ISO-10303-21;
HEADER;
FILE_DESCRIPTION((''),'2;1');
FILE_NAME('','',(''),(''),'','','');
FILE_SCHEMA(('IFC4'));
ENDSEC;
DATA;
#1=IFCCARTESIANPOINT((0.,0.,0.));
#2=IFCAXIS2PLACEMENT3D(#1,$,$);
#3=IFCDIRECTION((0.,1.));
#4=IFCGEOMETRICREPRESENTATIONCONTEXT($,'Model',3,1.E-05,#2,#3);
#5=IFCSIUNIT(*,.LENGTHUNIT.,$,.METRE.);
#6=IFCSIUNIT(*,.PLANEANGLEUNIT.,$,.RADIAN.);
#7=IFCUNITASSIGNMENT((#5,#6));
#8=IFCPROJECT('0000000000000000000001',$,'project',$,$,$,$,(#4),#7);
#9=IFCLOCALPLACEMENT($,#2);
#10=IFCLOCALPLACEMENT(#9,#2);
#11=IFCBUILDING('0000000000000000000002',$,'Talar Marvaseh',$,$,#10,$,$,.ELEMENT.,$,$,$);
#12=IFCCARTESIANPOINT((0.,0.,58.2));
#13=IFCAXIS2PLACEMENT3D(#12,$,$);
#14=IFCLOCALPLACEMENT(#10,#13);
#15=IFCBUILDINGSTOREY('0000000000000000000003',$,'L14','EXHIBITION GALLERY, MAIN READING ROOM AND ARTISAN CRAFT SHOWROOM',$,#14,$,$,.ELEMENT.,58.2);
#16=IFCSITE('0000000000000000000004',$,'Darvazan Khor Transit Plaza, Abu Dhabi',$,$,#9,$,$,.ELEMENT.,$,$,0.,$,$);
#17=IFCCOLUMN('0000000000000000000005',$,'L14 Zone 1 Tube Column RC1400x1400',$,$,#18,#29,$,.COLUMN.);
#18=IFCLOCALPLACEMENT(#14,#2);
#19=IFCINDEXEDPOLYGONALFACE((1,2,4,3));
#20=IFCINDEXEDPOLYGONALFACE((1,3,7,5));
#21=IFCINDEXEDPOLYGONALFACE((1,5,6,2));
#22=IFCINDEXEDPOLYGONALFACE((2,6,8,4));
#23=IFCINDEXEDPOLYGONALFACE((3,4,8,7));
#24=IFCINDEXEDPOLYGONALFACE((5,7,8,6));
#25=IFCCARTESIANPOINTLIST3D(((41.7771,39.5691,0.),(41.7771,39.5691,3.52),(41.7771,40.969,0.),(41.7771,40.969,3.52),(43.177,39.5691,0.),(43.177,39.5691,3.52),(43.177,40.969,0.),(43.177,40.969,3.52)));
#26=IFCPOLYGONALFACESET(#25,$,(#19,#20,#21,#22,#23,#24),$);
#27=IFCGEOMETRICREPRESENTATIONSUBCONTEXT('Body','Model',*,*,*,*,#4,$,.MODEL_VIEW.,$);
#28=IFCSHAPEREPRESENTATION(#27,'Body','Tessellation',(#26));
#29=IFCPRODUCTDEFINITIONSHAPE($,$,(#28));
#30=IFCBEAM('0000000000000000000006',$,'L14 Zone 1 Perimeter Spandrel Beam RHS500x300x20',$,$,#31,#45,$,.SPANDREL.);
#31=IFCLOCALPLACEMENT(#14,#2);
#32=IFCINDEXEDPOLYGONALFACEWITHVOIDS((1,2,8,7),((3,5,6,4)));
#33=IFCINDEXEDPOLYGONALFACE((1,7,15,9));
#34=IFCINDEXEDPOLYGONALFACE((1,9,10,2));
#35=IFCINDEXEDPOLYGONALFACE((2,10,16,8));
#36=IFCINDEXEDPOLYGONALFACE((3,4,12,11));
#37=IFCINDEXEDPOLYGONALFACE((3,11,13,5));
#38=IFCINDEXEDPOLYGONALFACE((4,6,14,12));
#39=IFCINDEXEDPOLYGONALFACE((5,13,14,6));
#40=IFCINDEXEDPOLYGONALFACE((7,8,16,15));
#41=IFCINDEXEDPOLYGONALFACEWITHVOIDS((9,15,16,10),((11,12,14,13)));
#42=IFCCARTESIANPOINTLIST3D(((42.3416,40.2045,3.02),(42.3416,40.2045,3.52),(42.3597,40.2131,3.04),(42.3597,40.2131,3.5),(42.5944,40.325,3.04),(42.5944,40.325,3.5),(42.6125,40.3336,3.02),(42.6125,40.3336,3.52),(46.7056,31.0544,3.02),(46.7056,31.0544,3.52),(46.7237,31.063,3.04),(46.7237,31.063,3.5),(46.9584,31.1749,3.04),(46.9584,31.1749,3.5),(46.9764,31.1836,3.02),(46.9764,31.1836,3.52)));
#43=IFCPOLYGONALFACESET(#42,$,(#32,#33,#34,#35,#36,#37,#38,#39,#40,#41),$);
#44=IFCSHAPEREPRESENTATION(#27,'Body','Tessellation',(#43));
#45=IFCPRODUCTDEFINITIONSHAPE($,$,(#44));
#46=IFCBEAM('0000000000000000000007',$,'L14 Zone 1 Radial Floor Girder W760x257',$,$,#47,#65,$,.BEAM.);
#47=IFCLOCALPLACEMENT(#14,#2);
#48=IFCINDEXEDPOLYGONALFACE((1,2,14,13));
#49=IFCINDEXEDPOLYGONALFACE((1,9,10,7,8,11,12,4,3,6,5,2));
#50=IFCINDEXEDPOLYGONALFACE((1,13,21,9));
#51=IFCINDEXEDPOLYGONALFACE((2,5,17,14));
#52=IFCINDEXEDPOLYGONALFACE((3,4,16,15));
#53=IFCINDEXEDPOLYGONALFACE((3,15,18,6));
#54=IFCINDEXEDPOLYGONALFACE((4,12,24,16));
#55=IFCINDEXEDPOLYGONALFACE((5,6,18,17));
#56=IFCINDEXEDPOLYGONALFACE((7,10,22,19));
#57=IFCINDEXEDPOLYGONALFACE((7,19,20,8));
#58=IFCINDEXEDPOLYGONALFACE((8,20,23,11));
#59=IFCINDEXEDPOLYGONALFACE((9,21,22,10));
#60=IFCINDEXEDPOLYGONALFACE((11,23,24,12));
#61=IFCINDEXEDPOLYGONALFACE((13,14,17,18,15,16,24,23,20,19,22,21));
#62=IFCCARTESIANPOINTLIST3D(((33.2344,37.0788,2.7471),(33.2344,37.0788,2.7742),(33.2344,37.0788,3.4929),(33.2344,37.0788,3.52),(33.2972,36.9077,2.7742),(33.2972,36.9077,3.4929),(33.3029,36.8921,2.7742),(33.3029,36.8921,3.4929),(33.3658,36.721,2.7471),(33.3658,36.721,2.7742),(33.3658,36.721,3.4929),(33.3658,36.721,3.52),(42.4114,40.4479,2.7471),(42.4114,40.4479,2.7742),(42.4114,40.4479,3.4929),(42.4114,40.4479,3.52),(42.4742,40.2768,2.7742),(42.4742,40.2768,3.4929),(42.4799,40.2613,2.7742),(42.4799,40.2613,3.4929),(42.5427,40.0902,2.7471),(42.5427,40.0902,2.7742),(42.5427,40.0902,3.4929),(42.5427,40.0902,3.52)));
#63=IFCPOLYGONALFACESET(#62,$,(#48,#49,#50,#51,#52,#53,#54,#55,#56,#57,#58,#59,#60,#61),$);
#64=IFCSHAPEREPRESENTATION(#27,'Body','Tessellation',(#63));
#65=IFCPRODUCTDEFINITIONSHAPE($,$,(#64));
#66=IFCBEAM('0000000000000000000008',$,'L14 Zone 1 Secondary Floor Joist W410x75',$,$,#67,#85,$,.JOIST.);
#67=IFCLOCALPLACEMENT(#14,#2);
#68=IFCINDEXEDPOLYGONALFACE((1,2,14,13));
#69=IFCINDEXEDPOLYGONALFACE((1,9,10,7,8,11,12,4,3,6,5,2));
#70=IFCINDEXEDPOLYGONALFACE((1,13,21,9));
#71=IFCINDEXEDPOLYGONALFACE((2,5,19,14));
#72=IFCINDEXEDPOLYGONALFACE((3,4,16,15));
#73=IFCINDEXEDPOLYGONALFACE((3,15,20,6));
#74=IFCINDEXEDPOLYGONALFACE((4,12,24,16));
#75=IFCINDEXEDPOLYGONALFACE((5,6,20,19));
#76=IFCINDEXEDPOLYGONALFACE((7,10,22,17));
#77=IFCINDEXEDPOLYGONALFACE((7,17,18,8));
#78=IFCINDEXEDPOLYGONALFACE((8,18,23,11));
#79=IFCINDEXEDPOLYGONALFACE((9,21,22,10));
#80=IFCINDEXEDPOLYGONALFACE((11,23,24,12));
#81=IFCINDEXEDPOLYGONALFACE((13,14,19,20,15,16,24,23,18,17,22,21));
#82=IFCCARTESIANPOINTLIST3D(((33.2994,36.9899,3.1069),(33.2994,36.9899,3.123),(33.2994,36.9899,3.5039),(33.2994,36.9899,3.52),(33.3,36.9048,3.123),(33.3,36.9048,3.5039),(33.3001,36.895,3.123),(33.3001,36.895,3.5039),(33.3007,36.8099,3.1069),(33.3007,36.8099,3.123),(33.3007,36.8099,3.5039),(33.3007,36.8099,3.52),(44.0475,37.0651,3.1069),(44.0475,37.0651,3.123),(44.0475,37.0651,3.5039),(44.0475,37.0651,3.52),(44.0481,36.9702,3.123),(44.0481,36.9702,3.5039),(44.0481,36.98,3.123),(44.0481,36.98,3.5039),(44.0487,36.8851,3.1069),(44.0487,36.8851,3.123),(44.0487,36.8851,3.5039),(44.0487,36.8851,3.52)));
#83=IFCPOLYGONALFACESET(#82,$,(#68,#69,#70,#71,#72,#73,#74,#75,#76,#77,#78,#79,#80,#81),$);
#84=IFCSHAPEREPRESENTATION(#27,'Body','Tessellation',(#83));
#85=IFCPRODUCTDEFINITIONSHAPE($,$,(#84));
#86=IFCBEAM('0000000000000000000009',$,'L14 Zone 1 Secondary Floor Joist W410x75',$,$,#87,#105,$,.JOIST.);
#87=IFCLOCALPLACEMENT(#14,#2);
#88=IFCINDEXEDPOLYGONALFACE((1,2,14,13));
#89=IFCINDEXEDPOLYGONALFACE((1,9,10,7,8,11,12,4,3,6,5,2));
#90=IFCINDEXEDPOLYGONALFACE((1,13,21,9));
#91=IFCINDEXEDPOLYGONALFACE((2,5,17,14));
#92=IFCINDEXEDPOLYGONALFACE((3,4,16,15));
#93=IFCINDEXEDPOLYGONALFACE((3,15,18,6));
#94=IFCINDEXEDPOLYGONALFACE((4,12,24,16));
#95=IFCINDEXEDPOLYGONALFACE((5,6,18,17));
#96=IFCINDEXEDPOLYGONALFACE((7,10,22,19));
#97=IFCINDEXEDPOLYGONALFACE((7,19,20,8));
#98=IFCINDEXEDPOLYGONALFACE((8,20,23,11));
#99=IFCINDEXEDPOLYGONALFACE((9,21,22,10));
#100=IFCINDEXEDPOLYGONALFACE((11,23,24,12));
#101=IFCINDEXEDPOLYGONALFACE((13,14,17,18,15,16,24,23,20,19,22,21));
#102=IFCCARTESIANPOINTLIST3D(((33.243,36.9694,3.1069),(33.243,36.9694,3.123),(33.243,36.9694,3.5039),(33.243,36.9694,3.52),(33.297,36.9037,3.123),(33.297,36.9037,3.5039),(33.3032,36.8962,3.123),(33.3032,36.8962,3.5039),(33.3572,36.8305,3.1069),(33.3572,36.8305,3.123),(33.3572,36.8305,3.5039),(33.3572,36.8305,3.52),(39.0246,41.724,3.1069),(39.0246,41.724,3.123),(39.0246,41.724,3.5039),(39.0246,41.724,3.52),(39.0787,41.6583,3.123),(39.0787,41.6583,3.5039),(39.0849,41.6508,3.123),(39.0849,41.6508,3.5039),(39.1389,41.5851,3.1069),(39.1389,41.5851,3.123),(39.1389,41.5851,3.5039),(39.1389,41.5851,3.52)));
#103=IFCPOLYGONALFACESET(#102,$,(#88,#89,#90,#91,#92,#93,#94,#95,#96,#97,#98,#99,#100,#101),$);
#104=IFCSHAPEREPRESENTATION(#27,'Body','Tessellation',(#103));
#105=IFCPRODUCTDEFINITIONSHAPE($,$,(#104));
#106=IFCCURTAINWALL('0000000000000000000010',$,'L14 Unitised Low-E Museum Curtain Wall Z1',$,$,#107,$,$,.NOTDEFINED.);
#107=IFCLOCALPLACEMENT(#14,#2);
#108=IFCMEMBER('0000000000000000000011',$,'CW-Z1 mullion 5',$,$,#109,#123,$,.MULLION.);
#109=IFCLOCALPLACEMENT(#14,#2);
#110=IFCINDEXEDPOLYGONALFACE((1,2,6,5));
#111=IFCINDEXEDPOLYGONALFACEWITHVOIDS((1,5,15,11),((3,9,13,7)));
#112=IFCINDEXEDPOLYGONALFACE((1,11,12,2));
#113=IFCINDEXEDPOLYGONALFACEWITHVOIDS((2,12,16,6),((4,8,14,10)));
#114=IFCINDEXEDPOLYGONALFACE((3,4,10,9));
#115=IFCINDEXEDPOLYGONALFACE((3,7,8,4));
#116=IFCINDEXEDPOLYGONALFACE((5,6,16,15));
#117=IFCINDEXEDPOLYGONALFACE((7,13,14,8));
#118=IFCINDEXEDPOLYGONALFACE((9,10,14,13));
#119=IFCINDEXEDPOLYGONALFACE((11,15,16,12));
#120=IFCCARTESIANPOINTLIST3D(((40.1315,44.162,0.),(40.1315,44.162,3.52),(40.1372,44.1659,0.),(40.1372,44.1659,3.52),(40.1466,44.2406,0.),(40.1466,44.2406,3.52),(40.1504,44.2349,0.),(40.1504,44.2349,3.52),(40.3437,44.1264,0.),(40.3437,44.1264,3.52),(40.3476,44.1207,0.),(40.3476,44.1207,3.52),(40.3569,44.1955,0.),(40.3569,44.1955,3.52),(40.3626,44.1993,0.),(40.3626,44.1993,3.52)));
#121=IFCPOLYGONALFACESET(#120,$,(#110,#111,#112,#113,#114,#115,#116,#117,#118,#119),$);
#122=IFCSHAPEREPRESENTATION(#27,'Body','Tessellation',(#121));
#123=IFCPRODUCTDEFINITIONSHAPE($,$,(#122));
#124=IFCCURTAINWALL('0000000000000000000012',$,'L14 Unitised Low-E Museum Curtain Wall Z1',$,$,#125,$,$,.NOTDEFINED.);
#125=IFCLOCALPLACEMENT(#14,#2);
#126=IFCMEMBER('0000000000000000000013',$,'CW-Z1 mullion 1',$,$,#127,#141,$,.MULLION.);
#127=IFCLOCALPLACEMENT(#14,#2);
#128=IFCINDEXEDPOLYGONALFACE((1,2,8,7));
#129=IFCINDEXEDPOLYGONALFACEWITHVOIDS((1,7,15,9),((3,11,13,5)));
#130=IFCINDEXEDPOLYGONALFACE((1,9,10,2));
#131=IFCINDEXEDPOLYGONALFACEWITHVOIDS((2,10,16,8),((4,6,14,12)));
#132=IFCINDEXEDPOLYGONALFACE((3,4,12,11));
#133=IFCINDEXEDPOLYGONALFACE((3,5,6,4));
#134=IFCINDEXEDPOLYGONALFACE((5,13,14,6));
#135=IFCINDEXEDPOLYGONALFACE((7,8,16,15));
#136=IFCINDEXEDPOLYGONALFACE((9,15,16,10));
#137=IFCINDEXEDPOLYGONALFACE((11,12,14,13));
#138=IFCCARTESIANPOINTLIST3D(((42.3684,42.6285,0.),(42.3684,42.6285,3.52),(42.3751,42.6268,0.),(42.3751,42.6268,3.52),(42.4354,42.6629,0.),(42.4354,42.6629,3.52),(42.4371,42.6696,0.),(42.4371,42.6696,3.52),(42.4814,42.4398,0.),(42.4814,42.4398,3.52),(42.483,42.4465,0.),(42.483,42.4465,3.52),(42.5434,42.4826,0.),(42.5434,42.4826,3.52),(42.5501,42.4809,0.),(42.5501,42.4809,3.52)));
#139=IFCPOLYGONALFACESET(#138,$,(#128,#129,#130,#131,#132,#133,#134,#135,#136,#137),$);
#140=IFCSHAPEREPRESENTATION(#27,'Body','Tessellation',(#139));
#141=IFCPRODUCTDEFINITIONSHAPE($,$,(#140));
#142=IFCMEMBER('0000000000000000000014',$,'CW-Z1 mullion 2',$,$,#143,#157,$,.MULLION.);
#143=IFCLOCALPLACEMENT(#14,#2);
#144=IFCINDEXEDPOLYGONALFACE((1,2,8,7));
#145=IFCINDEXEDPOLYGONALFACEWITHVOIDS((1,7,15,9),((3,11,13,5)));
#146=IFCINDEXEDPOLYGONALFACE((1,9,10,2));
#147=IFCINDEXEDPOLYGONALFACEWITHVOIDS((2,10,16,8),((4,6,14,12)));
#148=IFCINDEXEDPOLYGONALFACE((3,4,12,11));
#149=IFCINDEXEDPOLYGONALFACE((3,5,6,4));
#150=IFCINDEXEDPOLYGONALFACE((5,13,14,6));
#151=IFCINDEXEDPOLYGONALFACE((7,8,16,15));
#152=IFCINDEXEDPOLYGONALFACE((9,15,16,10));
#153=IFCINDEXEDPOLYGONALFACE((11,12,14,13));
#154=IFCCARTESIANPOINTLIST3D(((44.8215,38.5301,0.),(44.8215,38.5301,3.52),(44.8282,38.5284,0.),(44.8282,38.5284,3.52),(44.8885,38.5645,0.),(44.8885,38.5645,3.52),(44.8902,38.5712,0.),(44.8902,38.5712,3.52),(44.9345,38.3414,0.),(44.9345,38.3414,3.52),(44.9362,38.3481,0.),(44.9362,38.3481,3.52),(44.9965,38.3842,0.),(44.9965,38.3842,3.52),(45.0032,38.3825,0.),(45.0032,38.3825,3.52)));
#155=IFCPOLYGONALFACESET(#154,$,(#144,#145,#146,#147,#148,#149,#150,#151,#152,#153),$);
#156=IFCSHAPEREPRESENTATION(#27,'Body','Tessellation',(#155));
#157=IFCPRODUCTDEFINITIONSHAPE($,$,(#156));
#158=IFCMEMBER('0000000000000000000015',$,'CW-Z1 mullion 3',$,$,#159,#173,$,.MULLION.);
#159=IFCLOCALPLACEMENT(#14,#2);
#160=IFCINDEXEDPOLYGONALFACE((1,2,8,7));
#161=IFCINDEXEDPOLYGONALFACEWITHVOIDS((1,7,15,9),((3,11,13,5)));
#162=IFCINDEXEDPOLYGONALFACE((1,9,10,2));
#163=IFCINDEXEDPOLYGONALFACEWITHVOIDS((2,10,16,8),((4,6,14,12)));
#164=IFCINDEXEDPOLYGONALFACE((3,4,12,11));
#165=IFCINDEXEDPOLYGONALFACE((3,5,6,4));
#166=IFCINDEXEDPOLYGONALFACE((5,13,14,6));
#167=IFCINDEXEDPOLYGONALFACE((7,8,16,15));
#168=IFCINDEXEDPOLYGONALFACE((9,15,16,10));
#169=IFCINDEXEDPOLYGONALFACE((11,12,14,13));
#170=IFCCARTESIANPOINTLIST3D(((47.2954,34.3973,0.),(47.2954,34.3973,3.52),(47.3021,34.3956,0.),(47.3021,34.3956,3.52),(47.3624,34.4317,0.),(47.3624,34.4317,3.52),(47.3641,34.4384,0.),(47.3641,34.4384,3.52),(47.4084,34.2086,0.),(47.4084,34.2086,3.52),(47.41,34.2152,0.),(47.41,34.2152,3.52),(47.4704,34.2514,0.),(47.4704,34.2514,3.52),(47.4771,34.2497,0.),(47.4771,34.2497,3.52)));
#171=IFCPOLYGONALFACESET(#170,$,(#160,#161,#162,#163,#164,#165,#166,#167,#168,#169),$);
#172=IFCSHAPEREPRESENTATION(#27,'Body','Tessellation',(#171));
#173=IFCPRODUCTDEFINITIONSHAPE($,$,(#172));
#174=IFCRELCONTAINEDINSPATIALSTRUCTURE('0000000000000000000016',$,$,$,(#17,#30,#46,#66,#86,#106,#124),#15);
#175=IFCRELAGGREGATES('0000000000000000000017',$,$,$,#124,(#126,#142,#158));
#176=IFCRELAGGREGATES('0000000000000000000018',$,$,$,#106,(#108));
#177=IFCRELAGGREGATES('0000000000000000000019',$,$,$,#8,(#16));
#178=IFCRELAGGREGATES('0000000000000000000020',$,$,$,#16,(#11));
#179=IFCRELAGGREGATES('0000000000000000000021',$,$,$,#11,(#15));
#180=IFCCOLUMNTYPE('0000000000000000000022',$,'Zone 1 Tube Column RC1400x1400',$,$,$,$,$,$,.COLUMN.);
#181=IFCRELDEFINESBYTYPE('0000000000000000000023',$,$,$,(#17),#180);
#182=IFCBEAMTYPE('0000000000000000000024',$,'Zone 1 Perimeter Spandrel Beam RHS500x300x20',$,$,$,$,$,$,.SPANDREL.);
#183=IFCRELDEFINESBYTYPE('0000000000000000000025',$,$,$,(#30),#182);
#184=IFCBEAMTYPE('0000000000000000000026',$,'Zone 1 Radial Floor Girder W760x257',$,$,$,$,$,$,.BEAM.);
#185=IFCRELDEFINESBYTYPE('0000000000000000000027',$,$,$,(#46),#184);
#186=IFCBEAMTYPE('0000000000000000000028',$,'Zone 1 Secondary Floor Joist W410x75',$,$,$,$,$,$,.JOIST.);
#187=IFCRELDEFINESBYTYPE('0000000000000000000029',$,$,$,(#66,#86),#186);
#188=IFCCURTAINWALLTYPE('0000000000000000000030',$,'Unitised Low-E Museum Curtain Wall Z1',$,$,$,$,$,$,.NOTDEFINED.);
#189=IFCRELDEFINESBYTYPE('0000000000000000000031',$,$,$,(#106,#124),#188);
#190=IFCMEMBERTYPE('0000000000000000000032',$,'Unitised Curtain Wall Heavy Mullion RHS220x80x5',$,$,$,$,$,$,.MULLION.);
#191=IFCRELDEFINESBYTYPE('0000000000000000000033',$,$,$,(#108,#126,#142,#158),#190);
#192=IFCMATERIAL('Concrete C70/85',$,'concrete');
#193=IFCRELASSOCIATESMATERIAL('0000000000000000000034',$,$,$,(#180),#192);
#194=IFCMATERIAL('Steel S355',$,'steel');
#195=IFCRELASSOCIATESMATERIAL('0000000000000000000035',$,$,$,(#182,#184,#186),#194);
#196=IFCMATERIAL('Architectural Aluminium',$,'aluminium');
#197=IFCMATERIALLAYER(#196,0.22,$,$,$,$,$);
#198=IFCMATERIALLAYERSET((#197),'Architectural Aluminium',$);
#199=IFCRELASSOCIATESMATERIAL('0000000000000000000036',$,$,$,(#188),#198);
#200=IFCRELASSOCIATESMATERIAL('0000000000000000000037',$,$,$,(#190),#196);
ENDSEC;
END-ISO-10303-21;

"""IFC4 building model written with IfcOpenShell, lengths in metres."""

from ifc_helpers import new_model, si_unit, direction, frame, origin, origin_2d, place, context, subcontext, project, spatial, rectangle, hollow_rectangle, i_section, extrude, source, transform, mapped, material, layer, layer_set, material_profile, profile_set, type_object, type_shapes, element, aggregate, save


model = new_model("IFC4")

# Units and contexts
model_context = context("Model", 3, precision=1e-05, world=origin(), true_north=direction((0.0, 1.0)))
body_context = subcontext(model_context, "Body", "Model", "MODEL_VIEW")
ifc_project = project(units=[si_unit("LENGTHUNIT", "METRE"), si_unit("PLANEANGLEUNIT", "RADIAN")], contexts=[model_context])

# Site, building, storey
site_placement = place(None, origin())
site = spatial("IfcSite", under=ifc_project, at=site_placement, Name="Darvazan Khor Transit Plaza, Abu Dhabi", CompositionType="ELEMENT", RefElevation=0.0)
building_placement = place(site_placement, origin())
building = spatial("IfcBuilding", under=site, at=building_placement, Name="Talar Marvaseh", CompositionType="ELEMENT")
storey_placement = place(building_placement, frame((0.0, 0.0, 58.2)))
storey = spatial("IfcBuildingStorey", under=building, at=storey_placement, Name="L14", Description="EXHIBITION GALLERY, MAIN READING ROOM AND ARTISAN CRAFT SHOWROOM", CompositionType="ELEMENT", Elevation=58.2)

# Column
ifc_material_1 = material(Name="Concrete C70/85", Category="concrete")
ifc_material_profile_1 = material_profile(ifc_material_1, rectangle(XDim=1.3999, YDim=1.3999, at=origin_2d()), Name="RC1400x1400")
ifc_profile_set_1 = profile_set([ifc_material_profile_1], Name="Concrete C70/85")
column_type = type_object("IfcColumnType", Name="Zone 1 Tube Column RC1400x1400", PredefinedType="COLUMN", material=ifc_profile_set_1)
column_placement = place(storey_placement, frame((42.4771, 40.269, 0.0), z_axis=(0.0, 0.0, 1.0), x_axis=(1.0, 0.0, 0.0)))
element("IfcColumn", 1, at=column_placement, inside=storey, type_object=column_type, Name="L14 Zone 1 Tube Column RC1400x1400", PredefinedType="COLUMN", context=body_context, shape_type="SweptSolid", body=[
    extrude(rectangle(XDim=1.3999, YDim=1.3999, at=origin_2d()), origin(), (0.0, 0.0, 1.0), 3.52),
])

# Beams
ifc_material_2 = material(Name="Steel S355", Category="steel")
ifc_material_profile_2 = material_profile(ifc_material_2, hollow_rectangle(XDim=0.3, YDim=0.5, WallThickness=0.02, at=origin_2d()), Name="RHS500x300x20")
ifc_profile_set_2 = profile_set([ifc_material_profile_2], Name="Steel S355")
beam_type_1 = type_object("IfcBeamType", Name="Zone 1 Perimeter Spandrel Beam RHS500x300x20", PredefinedType="SPANDREL", material=ifc_profile_set_2)
beam_1_placement = place(storey_placement, frame((42.4771, 40.269, 3.27), z_axis=(0.43048, -0.9026, 0.0), x_axis=(0.9026, 0.43048, 0.0)))
element("IfcBeam", 2, at=beam_1_placement, inside=storey, type_object=beam_type_1, Name="L14 Zone 1 Perimeter Spandrel Beam RHS500x300x20", PredefinedType="SPANDREL", context=body_context, shape_type="SweptSolid", body=[
    extrude(hollow_rectangle(XDim=0.3, YDim=0.5, WallThickness=0.02, at=origin_2d()), origin(), (0.0, 0.0, 1.0), 10.1375),
])
ifc_material_profile_3 = material_profile(ifc_material_2, i_section(OverallWidth=0.3811, OverallDepth=0.7729, WebThickness=0.0166, FlangeThickness=0.0271, at=origin_2d()), Name="W760x257")
ifc_profile_set_3 = profile_set([ifc_material_profile_3], Name="Steel S355")
beam_type_2 = type_object("IfcBeamType", Name="Zone 1 Radial Floor Girder W760x257", PredefinedType="BEAM", material=ifc_profile_set_3)
beam_2_placement = place(storey_placement, frame((42.4771, 40.269, 3.1335), z_axis=(-0.938736, -0.344637, 0.0), x_axis=(0.344637, -0.938736, 0.0)))
element("IfcBeam", 3, at=beam_2_placement, inside=storey, type_object=beam_type_2, Name="L14 Zone 1 Radial Floor Girder W760x257", PredefinedType="BEAM", context=body_context, shape_type="SweptSolid", body=[
    extrude(i_section(OverallWidth=0.3811, OverallDepth=0.7729, WebThickness=0.0166, FlangeThickness=0.0271, at=origin_2d()), origin(), (0.0, 0.0, 1.0), 9.7759),
])
ifc_material_profile_4 = material_profile(ifc_material_2, i_section(OverallWidth=0.1799, OverallDepth=0.4131, WebThickness=0.0098, FlangeThickness=0.0161, at=origin_2d()), Name="W410x75")
ifc_profile_set_4 = profile_set([ifc_material_profile_4], Name="Steel S355")
beam_type_3 = type_object("IfcBeamType", Name="Zone 1 Secondary Floor Joist W410x75", PredefinedType="JOIST", material=ifc_profile_set_4)
beam_3_placement = place(storey_placement, frame((44.0481, 36.9751, 3.3135), z_axis=(-0.999976, -0.006996, 0.0), x_axis=(0.006996, -0.999976, 0.0)))
element("IfcBeam", 4, at=beam_3_placement, inside=storey, type_object=beam_type_3, Name="L14 Zone 1 Secondary Floor Joist W410x75", PredefinedType="JOIST", context=body_context, shape_type="SweptSolid", body=[
    extrude(i_section(OverallWidth=0.1799, OverallDepth=0.4131, WebThickness=0.0098, FlangeThickness=0.0161, at=origin_2d()), origin(), (0.0, 0.0, 1.0), 10.7483),
])
beam_4_placement = place(storey_placement, frame((39.0818, 41.6545, 3.3135), z_axis=(-0.772375, -0.635166, 0.0), x_axis=(0.635166, -0.772375, 0.0)))
element("IfcBeam", 5, at=beam_4_placement, inside=storey, type_object=beam_type_3, Name="L14 Zone 1 Secondary Floor Joist W410x75", PredefinedType="JOIST", context=body_context, shape_type="SweptSolid", body=[
    extrude(i_section(OverallWidth=0.1799, OverallDepth=0.4131, WebThickness=0.0098, FlangeThickness=0.0161, at=origin_2d()), origin(), (0.0, 0.0, 1.0), 7.4856),
])

# Curtain wall, member
ifc_material_3 = material(Name="Architectural Aluminium", Category="aluminium")
ifc_layer_1 = layer(ifc_material_3, 0.22)
ifc_layer_set_1 = layer_set([ifc_layer_1], Name="Architectural Aluminium")
curtain_wall_type = type_object("IfcCurtainWallType", Name="Unitised Low-E Museum Curtain Wall Z1", PredefinedType="NOTDEFINED", material=ifc_layer_set_1)
curtain_wall_1_placement = place(storey_placement, origin())
curtain_wall_1 = element("IfcCurtainWall", 6, at=curtain_wall_1_placement, inside=storey, type_object=curtain_wall_type, Name="L14 Unitised Low-E Museum Curtain Wall Z1", PredefinedType="NOTDEFINED")
ifc_material_profile_5 = material_profile(ifc_material_3, hollow_rectangle(XDim=0.0801, YDim=0.22, WallThickness=0.0049, at=origin_2d()), Name="RHS220x80x5")
ifc_profile_set_5 = profile_set([ifc_material_profile_5], Name="Architectural Aluminium")
member_type_1 = type_object("IfcMemberType", Name="Unitised Curtain Wall Heavy Mullion RHS220x80x5", PredefinedType="MULLION", material=ifc_profile_set_5)
shared_shape_1 = source(origin(), body_context, "Body", "SweptSolid", [
    extrude(hollow_rectangle(XDim=0.0801, YDim=0.22, WallThickness=0.0049, at=origin_2d()), origin(), (0.0, 0.0, 1.0), 3.52),
])
type_shapes(member_type_1, [shared_shape_1])
member_1_placement = place(storey_placement, frame((40.2471, 44.1807, 0.0), z_axis=(0.0, 0.0, 1.0), x_axis=(0.187685, 0.982229, 0.0)))
member_1 = element("IfcMember", 7, at=member_1_placement, type_object=member_type_1, Name="CW-Z1 mullion 5", PredefinedType="MULLION", context=body_context, shape_type="MappedRepresentation", body=[
    mapped(shared_shape_1, transform((0.0, 0.0, 0.0), x_axis=(1.0, 0.0, 0.0), y_axis=(0.0, 1.0, 0.0), z_axis=(0.0, 0.0, 1.0), scale=1.0)),
])

# Curtain wall, members
curtain_wall_2_placement = place(storey_placement, origin())
curtain_wall_2 = element("IfcCurtainWall", 8, at=curtain_wall_2_placement, inside=storey, type_object=curtain_wall_type, Name="L14 Unitised Low-E Museum Curtain Wall Z1", PredefinedType="NOTDEFINED")
member_2_placement = place(storey_placement, frame((42.4592, 42.5547, 0.0), z_axis=(0.0, 0.0, 1.0), x_axis=(0.858029, 0.513602, 0.0)))
member_2 = element("IfcMember", 9, at=member_2_placement, type_object=member_type_1, Name="CW-Z1 mullion 1", PredefinedType="MULLION", context=body_context, shape_type="MappedRepresentation", body=[
    mapped(shared_shape_1, transform((0.0, 0.0, 0.0), x_axis=(1.0, 0.0, 0.0), y_axis=(0.0, 1.0, 0.0), z_axis=(0.0, 0.0, 1.0), scale=1.0)),
])
member_3_placement = place(storey_placement, frame((44.9124, 38.4563, 0.0), z_axis=(0.0, 0.0, 1.0), x_axis=(0.858029, 0.513602, 0.0)))
member_3 = element("IfcMember", 10, at=member_3_placement, type_object=member_type_1, Name="CW-Z1 mullion 2", PredefinedType="MULLION", context=body_context, shape_type="MappedRepresentation", body=[
    mapped(shared_shape_1, transform((0.0, 0.0, 0.0), x_axis=(1.0, 0.0, 0.0), y_axis=(0.0, 1.0, 0.0), z_axis=(0.0, 0.0, 1.0), scale=1.0)),
])
member_4_placement = place(storey_placement, frame((47.3862, 34.3235, 0.0), z_axis=(0.0, 0.0, 1.0), x_axis=(0.858029, 0.513602, 0.0)))
member_4 = element("IfcMember", 11, at=member_4_placement, type_object=member_type_1, Name="CW-Z1 mullion 3", PredefinedType="MULLION", context=body_context, shape_type="MappedRepresentation", body=[
    mapped(shared_shape_1, transform((0.0, 0.0, 0.0), x_axis=(1.0, 0.0, 0.0), y_axis=(0.0, 1.0, 0.0), z_axis=(0.0, 0.0, 1.0), scale=1.0)),
])
aggregate(curtain_wall_2, [member_2, member_3, member_4])

aggregate(curtain_wall_1, [member_1])

save(model, "model.ifc")
